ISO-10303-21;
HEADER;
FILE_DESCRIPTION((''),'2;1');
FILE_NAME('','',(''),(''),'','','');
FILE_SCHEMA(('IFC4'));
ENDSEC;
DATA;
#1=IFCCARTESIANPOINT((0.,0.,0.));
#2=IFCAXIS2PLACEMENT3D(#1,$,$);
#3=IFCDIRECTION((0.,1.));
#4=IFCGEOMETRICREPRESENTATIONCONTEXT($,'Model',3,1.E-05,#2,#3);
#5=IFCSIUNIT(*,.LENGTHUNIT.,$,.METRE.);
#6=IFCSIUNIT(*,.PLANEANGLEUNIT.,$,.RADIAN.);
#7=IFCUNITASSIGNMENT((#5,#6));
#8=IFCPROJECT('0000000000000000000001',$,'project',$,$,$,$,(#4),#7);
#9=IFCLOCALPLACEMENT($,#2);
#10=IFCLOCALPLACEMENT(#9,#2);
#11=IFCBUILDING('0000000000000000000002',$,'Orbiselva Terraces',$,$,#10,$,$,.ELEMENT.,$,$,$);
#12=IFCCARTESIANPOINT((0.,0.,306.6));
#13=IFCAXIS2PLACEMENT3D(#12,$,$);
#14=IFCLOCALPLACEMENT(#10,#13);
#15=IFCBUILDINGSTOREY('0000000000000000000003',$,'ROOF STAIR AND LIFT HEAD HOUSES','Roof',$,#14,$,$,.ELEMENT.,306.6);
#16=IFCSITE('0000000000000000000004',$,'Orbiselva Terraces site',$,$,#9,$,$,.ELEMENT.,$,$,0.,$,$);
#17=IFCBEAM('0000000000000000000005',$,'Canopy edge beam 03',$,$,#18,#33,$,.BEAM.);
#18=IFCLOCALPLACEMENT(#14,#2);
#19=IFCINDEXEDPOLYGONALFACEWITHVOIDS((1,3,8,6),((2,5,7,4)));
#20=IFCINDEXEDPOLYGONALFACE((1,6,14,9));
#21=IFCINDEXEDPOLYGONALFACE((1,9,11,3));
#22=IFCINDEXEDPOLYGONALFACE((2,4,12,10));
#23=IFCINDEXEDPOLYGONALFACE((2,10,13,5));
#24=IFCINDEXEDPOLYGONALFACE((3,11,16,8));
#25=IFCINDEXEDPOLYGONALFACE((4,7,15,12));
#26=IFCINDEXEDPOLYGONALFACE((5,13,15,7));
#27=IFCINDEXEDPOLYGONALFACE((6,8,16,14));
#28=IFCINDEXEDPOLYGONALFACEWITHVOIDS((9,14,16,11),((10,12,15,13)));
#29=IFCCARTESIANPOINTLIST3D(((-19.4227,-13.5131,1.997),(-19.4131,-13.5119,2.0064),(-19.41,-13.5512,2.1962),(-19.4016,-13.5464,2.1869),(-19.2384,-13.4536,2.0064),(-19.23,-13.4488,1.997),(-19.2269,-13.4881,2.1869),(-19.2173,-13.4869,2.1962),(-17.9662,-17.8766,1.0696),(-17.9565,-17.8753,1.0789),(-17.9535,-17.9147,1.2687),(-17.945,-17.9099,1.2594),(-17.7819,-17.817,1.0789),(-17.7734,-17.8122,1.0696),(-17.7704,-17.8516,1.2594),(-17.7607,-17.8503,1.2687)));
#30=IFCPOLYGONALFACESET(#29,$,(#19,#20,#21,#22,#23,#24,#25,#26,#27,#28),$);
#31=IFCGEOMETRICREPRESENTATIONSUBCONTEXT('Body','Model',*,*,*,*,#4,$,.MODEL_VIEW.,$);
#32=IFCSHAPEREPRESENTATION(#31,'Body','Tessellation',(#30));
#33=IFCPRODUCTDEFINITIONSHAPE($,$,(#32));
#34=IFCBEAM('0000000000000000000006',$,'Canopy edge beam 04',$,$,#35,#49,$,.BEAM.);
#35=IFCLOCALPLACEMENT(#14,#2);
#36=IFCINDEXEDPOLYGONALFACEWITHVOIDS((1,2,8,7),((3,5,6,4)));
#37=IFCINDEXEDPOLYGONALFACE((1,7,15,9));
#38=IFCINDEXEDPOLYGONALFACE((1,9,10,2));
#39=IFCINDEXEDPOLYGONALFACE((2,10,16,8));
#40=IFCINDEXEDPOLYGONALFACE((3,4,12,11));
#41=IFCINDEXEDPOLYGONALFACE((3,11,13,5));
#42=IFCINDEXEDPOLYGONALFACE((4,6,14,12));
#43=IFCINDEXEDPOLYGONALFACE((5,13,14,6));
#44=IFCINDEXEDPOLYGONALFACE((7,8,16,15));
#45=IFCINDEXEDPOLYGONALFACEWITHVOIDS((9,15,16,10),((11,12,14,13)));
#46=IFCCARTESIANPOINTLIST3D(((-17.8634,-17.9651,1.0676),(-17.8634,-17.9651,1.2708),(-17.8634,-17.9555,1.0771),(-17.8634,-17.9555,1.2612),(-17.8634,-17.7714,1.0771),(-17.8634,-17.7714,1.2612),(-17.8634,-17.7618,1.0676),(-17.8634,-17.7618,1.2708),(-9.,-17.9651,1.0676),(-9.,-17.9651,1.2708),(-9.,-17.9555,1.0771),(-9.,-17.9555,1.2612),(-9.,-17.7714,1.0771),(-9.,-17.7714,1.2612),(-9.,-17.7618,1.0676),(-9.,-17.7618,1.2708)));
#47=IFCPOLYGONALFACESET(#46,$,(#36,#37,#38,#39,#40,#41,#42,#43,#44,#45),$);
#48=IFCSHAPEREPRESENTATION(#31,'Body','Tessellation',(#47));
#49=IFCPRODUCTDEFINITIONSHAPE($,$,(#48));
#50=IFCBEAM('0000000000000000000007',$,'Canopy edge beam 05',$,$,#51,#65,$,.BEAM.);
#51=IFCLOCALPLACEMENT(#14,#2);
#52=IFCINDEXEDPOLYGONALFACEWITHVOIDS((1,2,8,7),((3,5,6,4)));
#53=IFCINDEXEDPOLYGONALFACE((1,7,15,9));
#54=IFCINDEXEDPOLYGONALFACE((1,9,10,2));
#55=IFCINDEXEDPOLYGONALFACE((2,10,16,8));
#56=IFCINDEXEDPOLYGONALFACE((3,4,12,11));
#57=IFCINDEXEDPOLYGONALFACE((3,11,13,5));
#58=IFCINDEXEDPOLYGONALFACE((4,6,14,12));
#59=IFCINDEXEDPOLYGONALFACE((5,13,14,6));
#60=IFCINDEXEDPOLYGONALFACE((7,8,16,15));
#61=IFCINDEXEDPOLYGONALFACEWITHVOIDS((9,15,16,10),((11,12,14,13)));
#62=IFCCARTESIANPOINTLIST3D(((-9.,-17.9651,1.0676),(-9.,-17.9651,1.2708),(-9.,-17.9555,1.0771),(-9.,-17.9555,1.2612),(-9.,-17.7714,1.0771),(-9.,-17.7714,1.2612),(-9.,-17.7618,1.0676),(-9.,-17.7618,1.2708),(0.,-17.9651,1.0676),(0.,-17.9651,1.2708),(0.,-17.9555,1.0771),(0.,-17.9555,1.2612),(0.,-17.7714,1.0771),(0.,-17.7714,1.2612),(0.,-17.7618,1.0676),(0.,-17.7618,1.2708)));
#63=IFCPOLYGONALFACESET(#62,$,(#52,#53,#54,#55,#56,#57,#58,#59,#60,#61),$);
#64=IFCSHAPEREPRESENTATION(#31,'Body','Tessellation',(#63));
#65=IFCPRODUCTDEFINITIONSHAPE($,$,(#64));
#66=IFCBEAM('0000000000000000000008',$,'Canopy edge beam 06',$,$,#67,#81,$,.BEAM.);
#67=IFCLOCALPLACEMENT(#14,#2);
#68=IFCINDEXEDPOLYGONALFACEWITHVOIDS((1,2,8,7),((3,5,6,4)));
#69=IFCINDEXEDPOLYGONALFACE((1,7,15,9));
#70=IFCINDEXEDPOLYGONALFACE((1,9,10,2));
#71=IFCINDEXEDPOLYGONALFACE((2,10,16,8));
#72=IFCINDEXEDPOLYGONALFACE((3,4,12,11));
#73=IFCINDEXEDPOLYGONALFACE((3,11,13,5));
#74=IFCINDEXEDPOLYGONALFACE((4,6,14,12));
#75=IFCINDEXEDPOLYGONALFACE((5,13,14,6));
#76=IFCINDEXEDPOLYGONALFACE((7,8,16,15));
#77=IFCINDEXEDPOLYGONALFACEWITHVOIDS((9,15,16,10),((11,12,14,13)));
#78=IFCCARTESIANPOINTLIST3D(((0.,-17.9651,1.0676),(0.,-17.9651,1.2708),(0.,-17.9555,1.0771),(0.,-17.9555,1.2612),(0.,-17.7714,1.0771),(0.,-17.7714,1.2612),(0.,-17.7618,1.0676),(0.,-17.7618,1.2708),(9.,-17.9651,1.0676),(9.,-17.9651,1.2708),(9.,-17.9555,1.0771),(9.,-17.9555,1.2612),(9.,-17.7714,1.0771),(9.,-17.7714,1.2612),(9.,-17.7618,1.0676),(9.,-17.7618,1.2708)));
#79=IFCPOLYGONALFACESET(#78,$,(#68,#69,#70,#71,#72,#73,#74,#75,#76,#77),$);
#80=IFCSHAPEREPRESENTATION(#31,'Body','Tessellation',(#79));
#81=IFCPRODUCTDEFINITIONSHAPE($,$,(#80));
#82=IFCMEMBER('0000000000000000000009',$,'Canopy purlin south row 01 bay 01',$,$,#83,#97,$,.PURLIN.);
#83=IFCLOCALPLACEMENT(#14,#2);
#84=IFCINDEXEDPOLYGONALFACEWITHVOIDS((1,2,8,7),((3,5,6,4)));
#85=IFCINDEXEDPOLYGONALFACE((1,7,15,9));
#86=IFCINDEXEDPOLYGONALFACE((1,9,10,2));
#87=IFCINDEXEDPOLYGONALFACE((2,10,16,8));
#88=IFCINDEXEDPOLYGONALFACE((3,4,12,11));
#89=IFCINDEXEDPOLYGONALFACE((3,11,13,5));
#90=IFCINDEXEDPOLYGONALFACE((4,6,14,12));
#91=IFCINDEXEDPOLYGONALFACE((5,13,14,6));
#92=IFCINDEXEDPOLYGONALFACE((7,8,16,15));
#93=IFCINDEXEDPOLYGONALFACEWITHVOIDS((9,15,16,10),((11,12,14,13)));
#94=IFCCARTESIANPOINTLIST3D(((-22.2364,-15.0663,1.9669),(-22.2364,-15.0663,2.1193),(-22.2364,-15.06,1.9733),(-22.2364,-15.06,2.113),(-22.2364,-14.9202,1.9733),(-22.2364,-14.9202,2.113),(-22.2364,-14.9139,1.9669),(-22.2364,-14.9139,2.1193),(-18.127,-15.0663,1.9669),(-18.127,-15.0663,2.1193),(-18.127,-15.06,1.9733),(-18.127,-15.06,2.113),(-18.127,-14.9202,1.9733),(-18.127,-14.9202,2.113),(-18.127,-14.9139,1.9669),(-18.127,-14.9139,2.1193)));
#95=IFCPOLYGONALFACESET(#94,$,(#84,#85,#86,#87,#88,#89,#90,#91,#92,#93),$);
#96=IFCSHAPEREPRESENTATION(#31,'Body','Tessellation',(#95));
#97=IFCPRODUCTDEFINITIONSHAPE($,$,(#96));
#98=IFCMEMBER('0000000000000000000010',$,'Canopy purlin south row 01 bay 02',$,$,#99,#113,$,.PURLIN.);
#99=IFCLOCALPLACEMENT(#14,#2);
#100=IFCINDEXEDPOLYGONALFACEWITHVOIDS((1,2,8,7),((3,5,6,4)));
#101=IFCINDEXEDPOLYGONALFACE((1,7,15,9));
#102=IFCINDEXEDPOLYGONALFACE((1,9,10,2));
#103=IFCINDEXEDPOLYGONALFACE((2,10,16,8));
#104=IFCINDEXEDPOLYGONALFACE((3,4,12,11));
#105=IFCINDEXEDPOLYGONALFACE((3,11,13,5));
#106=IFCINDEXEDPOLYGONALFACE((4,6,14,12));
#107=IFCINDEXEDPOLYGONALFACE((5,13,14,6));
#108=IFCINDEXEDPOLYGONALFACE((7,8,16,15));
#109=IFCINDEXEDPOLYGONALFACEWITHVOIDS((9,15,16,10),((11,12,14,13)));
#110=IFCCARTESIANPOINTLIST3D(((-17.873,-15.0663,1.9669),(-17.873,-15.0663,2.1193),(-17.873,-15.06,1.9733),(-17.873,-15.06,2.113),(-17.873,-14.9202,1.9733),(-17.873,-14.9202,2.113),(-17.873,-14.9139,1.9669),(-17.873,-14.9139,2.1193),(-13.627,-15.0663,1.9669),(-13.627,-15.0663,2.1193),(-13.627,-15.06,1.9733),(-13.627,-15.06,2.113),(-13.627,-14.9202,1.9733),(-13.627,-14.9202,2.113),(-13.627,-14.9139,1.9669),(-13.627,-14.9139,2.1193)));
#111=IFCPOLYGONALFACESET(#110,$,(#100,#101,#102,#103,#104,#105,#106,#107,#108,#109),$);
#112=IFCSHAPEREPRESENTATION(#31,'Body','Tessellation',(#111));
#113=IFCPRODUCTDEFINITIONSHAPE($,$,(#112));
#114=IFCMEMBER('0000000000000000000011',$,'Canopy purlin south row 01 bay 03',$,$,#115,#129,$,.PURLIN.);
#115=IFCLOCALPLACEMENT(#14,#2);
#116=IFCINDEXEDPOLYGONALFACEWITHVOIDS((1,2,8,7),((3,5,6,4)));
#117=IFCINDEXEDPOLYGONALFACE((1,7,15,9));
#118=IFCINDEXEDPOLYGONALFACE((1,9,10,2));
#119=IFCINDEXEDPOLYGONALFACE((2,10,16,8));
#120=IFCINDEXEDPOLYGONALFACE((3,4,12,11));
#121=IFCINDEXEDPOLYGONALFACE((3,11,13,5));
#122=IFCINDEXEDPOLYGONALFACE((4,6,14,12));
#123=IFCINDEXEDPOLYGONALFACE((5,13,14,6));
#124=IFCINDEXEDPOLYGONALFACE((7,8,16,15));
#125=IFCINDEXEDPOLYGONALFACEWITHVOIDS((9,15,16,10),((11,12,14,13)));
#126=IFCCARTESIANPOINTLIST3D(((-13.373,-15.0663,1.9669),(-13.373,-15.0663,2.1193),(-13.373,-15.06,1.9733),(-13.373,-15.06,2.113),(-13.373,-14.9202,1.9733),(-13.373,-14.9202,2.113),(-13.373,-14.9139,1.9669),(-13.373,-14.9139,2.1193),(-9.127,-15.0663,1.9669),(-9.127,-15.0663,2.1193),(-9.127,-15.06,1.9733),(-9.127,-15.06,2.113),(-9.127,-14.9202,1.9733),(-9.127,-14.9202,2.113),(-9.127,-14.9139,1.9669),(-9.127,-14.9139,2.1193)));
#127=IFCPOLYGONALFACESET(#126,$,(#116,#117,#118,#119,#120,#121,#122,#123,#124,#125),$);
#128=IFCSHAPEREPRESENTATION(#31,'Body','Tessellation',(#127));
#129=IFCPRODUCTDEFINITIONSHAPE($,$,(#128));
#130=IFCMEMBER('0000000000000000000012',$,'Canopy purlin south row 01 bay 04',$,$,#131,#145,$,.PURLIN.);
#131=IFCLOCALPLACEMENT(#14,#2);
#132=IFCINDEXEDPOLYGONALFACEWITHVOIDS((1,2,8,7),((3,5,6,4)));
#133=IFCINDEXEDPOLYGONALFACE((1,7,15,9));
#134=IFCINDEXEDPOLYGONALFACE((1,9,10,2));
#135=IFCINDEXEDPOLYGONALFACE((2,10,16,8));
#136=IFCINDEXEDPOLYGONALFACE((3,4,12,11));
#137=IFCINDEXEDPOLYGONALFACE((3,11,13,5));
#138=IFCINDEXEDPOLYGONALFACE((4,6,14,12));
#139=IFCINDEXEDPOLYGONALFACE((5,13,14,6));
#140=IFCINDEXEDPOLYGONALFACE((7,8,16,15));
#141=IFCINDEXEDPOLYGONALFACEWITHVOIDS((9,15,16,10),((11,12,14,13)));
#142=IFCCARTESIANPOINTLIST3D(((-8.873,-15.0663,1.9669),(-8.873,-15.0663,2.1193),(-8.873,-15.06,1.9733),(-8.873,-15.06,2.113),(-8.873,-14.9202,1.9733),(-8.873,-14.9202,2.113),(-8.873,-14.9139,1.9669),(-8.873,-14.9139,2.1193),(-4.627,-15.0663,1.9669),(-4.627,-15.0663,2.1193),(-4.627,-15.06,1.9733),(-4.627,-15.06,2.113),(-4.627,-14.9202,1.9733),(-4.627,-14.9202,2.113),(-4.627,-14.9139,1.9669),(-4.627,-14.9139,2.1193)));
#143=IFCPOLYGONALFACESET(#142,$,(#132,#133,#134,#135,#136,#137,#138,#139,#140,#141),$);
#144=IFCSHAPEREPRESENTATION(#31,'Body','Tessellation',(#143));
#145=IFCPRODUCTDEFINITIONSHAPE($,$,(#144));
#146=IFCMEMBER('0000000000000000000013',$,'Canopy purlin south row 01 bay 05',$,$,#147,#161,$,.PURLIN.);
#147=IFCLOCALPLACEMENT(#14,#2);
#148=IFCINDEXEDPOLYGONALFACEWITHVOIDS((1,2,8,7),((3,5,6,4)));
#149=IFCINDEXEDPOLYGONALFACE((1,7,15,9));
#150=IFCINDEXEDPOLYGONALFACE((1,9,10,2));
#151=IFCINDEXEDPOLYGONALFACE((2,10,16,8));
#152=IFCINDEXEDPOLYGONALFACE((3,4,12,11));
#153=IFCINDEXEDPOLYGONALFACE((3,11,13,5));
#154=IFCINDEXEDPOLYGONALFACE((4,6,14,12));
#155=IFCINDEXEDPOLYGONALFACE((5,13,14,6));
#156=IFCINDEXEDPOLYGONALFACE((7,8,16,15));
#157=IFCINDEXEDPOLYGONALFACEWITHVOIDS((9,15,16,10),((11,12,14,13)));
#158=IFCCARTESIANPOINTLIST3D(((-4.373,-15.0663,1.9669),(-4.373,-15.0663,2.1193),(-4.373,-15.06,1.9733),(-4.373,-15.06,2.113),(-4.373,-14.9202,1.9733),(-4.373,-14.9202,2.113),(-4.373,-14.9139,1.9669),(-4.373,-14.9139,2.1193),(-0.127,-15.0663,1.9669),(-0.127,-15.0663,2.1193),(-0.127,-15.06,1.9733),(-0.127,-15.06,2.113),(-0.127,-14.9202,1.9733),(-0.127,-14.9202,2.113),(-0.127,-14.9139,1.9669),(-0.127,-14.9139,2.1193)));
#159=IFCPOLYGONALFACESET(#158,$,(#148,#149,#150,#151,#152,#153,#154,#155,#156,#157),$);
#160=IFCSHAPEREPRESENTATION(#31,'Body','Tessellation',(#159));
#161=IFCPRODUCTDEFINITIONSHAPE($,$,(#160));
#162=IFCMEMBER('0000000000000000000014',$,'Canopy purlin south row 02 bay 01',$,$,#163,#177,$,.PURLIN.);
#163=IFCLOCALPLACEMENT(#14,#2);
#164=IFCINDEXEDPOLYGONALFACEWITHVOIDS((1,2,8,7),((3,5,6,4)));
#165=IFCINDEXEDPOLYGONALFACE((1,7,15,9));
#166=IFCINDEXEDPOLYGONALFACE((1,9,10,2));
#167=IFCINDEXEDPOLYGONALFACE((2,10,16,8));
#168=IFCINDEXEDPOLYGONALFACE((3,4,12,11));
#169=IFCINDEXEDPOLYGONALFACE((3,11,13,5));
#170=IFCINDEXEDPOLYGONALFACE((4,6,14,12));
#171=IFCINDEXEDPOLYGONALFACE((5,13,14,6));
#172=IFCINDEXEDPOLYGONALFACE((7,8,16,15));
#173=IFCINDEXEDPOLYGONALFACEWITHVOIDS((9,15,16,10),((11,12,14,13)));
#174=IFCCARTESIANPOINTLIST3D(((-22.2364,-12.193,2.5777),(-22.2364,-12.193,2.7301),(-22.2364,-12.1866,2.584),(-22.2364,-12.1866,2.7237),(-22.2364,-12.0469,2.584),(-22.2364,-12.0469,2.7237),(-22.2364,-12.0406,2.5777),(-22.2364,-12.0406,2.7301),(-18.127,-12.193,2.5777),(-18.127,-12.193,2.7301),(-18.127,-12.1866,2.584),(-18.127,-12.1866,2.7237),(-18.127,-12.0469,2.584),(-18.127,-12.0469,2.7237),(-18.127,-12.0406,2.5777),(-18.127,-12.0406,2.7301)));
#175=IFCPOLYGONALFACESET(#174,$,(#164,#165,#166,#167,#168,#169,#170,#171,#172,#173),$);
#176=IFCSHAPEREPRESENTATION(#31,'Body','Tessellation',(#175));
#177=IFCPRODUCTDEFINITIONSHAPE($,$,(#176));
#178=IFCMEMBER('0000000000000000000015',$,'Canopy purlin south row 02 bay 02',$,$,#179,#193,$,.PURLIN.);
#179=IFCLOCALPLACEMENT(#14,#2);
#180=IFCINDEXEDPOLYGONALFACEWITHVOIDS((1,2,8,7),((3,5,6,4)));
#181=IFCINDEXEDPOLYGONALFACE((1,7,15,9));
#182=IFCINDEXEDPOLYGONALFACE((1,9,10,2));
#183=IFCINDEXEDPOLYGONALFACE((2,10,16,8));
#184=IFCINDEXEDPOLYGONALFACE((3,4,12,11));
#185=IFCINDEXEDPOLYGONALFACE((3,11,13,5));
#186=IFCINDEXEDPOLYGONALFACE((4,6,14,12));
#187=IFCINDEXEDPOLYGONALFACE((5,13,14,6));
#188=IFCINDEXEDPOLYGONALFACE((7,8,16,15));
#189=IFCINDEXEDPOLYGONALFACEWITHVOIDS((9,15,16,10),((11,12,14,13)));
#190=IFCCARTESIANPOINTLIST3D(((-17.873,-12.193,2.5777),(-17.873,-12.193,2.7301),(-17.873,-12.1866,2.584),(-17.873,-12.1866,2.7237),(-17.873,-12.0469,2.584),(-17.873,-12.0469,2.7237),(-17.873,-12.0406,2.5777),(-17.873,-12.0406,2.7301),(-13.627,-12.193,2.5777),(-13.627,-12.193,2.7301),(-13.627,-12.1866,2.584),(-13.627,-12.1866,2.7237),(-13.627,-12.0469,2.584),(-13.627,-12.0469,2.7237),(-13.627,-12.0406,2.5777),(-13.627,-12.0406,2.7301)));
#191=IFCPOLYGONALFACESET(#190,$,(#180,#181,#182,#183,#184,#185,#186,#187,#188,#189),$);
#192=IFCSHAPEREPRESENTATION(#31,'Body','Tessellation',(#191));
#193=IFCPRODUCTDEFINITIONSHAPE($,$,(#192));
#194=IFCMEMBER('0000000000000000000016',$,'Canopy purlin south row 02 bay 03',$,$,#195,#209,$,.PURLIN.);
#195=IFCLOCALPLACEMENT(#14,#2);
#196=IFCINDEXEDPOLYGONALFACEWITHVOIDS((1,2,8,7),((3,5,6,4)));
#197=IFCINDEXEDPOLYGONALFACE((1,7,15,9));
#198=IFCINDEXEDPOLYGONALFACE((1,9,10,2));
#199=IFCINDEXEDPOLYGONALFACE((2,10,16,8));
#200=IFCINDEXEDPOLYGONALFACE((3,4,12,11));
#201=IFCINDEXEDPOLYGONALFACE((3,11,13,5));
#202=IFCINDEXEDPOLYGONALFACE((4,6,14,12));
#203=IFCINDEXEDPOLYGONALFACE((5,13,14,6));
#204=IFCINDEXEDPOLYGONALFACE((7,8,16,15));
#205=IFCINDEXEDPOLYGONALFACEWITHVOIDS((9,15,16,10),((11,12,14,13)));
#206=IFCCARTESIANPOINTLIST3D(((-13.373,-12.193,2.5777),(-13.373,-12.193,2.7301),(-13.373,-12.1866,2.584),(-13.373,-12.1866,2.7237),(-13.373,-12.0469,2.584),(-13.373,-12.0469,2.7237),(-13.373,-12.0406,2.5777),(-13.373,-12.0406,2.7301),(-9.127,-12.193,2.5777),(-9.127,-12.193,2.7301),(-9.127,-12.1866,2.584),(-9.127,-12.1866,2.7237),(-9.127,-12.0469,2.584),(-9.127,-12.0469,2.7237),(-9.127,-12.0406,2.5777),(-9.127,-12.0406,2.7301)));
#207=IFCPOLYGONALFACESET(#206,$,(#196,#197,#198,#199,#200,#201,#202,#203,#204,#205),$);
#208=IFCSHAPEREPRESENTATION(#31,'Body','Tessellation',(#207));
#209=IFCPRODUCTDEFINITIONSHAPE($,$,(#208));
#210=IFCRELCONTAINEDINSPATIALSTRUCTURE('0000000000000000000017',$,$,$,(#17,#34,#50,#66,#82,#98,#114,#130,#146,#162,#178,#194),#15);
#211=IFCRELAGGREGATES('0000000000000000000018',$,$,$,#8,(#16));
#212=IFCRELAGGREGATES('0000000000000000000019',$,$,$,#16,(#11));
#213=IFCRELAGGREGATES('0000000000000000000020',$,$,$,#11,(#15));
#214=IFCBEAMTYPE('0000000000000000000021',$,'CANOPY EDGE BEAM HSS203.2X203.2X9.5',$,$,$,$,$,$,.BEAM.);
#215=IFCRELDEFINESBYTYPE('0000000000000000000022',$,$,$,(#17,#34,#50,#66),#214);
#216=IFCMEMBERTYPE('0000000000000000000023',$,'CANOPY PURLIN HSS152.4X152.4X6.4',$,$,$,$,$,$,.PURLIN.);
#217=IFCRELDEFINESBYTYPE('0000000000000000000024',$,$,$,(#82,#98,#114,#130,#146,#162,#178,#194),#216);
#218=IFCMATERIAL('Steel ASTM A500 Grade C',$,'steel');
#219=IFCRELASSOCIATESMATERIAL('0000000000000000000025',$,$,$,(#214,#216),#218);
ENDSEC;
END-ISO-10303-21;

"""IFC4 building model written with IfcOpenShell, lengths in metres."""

from ifc_helpers import new_model, si_unit, direction, frame, origin, origin_2d, place, context, subcontext, project, spatial, hollow_rectangle, extrude, material, material_profile, profile_set, type_object, element, save


model = new_model("IFC4")

# Units and contexts
model_context = context("Model", 3, precision=1e-05, world=origin(), true_north=direction((0.0, 1.0)))
body_context = subcontext(model_context, "Body", "Model", "MODEL_VIEW")
ifc_project = project(units=[si_unit("LENGTHUNIT", "METRE"), si_unit("PLANEANGLEUNIT", "RADIAN")], contexts=[model_context])

# Site, building, storey
site_placement = place(None, origin())
site = spatial("IfcSite", under=ifc_project, at=site_placement, Name="Orbiselva Terraces site", CompositionType="ELEMENT", RefElevation=0.0)
building_placement = place(site_placement, origin())
building = spatial("IfcBuilding", under=site, at=building_placement, Name="Orbiselva Terraces", CompositionType="ELEMENT")
storey_placement = place(building_placement, frame((0.0, 0.0, 306.6)))
storey = spatial("IfcBuildingStorey", under=building, at=storey_placement, Name="ROOF STAIR AND LIFT HEAD HOUSES", Description="Roof", CompositionType="ELEMENT", Elevation=306.6)

# Shared definitions
ifc_material = material(Name="Steel ASTM A500 Grade C", Category="steel")

# Beams
ifc_material_profile_1 = material_profile(ifc_material, hollow_rectangle(XDim=0.2032, YDim=0.2032, WallThickness=0.0095, at=origin_2d()), Name="HSS203.2X203.2X9.5")
ifc_profile_set_1 = profile_set([ifc_material_profile_1], Name="Steel ASTM A500 Grade C")
beam_type = type_object("IfcBeamType", Name="CANOPY EDGE BEAM HSS203.2X203.2X9.5", PredefinedType="BEAM", material=ifc_profile_set_1)
beam_1_placement = place(storey_placement, frame((-19.32, -13.5, 2.0966), z_axis=(0.310386, -0.929837, -0.197643), x_axis=(0.948548, 0.316632, 0.0)))
element("IfcBeam", 1, at=beam_1_placement, inside=storey, type_object=beam_type, Name="Canopy edge beam 03", PredefinedType="BEAM", context=body_context, shape_type="SweptSolid", body=[
    extrude(hollow_rectangle(XDim=0.2032, YDim=0.2032, WallThickness=0.0095, at=origin_2d()), origin(), (0.0, 0.0, 1.0), 4.6927),
])
beam_2_placement = place(storey_placement, frame((-17.8635, -17.8635, 1.1692), z_axis=(1.0, 0.0, 0.0), x_axis=(0.0, 1.0, 0.0)))
element("IfcBeam", 2, at=beam_2_placement, inside=storey, type_object=beam_type, Name="Canopy edge beam 04", PredefinedType="BEAM", context=body_context, shape_type="SweptSolid", body=[
    extrude(hollow_rectangle(XDim=0.2032, YDim=0.2032, WallThickness=0.0095, at=origin_2d()), origin(), (0.0, 0.0, 1.0), 8.8635),
])
for number, where, z_axis, x_axis, name in (
    (3, (-9.0, -17.8635, 1.1692), (1.0, 0.0, 0.0), (0.0, 1.0, 0.0), "Canopy edge beam 05"),
    (4, (0.0, -17.8635, 1.1692), (1.0, 0.0, 0.0), (0.0, 1.0, 0.0), "Canopy edge beam 06"),
):
    element("IfcBeam", number, at=place(storey_placement, frame(where, z_axis=z_axis, x_axis=x_axis)), inside=storey, type_object=beam_type, Name=name, PredefinedType="BEAM", context=body_context, shape_type="SweptSolid", body=[
        extrude(hollow_rectangle(XDim=0.2032, YDim=0.2032, WallThickness=0.0095, at=origin_2d()), origin(), (0.0, 0.0, 1.0), 9.0),
    ])

# Members
ifc_material_profile_2 = material_profile(ifc_material, hollow_rectangle(XDim=0.1524, YDim=0.1524, WallThickness=0.0063, at=origin_2d()), Name="HSS152.4X152.4X6.4")
ifc_profile_set_2 = profile_set([ifc_material_profile_2], Name="Steel ASTM A500 Grade C")
member_type_1 = type_object("IfcMemberType", Name="CANOPY PURLIN HSS152.4X152.4X6.4", PredefinedType="PURLIN", material=ifc_profile_set_2)
member_1_placement = place(storey_placement, frame((-22.2365, -14.9901, 2.0431), z_axis=(1.0, 0.0, 0.0), x_axis=(0.0, 1.0, 0.0)))
element("IfcMember", 5, at=member_1_placement, inside=storey, type_object=member_type_1, Name="Canopy purlin south row 01 bay 01", PredefinedType="PURLIN", context=body_context, shape_type="SweptSolid", body=[
    extrude(hollow_rectangle(XDim=0.1524, YDim=0.1524, WallThickness=0.0063, at=origin_2d()), origin(), (0.0, 0.0, 1.0), 4.1094),
])
for number, where, z_axis, x_axis, name in (
    (6, (-17.873, -14.9901, 2.0431), (1.0, 0.0, 0.0), (0.0, 1.0, 0.0), "Canopy purlin south row 01 bay 02"),
    (7, (-13.373, -14.9901, 2.0431), (1.0, 0.0, 0.0), (0.0, 1.0, 0.0), "Canopy purlin south row 01 bay 03"),
    (8, (-8.873, -14.9901, 2.0431), (1.0, 0.0, 0.0), (0.0, 1.0, 0.0), "Canopy purlin south row 01 bay 04"),
    (9, (-4.373, -14.9901, 2.0431), (1.0, 0.0, 0.0), (0.0, 1.0, 0.0), "Canopy purlin south row 01 bay 05"),
):
    element("IfcMember", number, at=place(storey_placement, frame(where, z_axis=z_axis, x_axis=x_axis)), inside=storey, type_object=member_type_1, Name=name, PredefinedType="PURLIN", context=body_context, shape_type="SweptSolid", body=[
        extrude(hollow_rectangle(XDim=0.1524, YDim=0.1524, WallThickness=0.0063, at=origin_2d()), origin(), (0.0, 0.0, 1.0), 4.246),
    ])
member_2_placement = place(storey_placement, frame((-22.2365, -12.1167, 2.6539), z_axis=(1.0, 0.0, 0.0), x_axis=(0.0, 1.0, 0.0)))
element("IfcMember", 10, at=member_2_placement, inside=storey, type_object=member_type_1, Name="Canopy purlin south row 02 bay 01", PredefinedType="PURLIN", context=body_context, shape_type="SweptSolid", body=[
    extrude(hollow_rectangle(XDim=0.1524, YDim=0.1524, WallThickness=0.0063, at=origin_2d()), origin(), (0.0, 0.0, 1.0), 4.1094),
])
for number, where, z_axis, x_axis, name in (
    (11, (-17.873, -12.1167, 2.6539), (1.0, 0.0, 0.0), (0.0, 1.0, 0.0), "Canopy purlin south row 02 bay 02"),
    (12, (-13.373, -12.1167, 2.6539), (1.0, 0.0, 0.0), (0.0, 1.0, 0.0), "Canopy purlin south row 02 bay 03"),
):
    element("IfcMember", number, at=place(storey_placement, frame(where, z_axis=z_axis, x_axis=x_axis)), inside=storey, type_object=member_type_1, Name=name, PredefinedType="PURLIN", context=body_context, shape_type="SweptSolid", body=[
        extrude(hollow_rectangle(XDim=0.1524, YDim=0.1524, WallThickness=0.0063, at=origin_2d()), origin(), (0.0, 0.0, 1.0), 4.246),
    ])

save(model, "model.ifc")
